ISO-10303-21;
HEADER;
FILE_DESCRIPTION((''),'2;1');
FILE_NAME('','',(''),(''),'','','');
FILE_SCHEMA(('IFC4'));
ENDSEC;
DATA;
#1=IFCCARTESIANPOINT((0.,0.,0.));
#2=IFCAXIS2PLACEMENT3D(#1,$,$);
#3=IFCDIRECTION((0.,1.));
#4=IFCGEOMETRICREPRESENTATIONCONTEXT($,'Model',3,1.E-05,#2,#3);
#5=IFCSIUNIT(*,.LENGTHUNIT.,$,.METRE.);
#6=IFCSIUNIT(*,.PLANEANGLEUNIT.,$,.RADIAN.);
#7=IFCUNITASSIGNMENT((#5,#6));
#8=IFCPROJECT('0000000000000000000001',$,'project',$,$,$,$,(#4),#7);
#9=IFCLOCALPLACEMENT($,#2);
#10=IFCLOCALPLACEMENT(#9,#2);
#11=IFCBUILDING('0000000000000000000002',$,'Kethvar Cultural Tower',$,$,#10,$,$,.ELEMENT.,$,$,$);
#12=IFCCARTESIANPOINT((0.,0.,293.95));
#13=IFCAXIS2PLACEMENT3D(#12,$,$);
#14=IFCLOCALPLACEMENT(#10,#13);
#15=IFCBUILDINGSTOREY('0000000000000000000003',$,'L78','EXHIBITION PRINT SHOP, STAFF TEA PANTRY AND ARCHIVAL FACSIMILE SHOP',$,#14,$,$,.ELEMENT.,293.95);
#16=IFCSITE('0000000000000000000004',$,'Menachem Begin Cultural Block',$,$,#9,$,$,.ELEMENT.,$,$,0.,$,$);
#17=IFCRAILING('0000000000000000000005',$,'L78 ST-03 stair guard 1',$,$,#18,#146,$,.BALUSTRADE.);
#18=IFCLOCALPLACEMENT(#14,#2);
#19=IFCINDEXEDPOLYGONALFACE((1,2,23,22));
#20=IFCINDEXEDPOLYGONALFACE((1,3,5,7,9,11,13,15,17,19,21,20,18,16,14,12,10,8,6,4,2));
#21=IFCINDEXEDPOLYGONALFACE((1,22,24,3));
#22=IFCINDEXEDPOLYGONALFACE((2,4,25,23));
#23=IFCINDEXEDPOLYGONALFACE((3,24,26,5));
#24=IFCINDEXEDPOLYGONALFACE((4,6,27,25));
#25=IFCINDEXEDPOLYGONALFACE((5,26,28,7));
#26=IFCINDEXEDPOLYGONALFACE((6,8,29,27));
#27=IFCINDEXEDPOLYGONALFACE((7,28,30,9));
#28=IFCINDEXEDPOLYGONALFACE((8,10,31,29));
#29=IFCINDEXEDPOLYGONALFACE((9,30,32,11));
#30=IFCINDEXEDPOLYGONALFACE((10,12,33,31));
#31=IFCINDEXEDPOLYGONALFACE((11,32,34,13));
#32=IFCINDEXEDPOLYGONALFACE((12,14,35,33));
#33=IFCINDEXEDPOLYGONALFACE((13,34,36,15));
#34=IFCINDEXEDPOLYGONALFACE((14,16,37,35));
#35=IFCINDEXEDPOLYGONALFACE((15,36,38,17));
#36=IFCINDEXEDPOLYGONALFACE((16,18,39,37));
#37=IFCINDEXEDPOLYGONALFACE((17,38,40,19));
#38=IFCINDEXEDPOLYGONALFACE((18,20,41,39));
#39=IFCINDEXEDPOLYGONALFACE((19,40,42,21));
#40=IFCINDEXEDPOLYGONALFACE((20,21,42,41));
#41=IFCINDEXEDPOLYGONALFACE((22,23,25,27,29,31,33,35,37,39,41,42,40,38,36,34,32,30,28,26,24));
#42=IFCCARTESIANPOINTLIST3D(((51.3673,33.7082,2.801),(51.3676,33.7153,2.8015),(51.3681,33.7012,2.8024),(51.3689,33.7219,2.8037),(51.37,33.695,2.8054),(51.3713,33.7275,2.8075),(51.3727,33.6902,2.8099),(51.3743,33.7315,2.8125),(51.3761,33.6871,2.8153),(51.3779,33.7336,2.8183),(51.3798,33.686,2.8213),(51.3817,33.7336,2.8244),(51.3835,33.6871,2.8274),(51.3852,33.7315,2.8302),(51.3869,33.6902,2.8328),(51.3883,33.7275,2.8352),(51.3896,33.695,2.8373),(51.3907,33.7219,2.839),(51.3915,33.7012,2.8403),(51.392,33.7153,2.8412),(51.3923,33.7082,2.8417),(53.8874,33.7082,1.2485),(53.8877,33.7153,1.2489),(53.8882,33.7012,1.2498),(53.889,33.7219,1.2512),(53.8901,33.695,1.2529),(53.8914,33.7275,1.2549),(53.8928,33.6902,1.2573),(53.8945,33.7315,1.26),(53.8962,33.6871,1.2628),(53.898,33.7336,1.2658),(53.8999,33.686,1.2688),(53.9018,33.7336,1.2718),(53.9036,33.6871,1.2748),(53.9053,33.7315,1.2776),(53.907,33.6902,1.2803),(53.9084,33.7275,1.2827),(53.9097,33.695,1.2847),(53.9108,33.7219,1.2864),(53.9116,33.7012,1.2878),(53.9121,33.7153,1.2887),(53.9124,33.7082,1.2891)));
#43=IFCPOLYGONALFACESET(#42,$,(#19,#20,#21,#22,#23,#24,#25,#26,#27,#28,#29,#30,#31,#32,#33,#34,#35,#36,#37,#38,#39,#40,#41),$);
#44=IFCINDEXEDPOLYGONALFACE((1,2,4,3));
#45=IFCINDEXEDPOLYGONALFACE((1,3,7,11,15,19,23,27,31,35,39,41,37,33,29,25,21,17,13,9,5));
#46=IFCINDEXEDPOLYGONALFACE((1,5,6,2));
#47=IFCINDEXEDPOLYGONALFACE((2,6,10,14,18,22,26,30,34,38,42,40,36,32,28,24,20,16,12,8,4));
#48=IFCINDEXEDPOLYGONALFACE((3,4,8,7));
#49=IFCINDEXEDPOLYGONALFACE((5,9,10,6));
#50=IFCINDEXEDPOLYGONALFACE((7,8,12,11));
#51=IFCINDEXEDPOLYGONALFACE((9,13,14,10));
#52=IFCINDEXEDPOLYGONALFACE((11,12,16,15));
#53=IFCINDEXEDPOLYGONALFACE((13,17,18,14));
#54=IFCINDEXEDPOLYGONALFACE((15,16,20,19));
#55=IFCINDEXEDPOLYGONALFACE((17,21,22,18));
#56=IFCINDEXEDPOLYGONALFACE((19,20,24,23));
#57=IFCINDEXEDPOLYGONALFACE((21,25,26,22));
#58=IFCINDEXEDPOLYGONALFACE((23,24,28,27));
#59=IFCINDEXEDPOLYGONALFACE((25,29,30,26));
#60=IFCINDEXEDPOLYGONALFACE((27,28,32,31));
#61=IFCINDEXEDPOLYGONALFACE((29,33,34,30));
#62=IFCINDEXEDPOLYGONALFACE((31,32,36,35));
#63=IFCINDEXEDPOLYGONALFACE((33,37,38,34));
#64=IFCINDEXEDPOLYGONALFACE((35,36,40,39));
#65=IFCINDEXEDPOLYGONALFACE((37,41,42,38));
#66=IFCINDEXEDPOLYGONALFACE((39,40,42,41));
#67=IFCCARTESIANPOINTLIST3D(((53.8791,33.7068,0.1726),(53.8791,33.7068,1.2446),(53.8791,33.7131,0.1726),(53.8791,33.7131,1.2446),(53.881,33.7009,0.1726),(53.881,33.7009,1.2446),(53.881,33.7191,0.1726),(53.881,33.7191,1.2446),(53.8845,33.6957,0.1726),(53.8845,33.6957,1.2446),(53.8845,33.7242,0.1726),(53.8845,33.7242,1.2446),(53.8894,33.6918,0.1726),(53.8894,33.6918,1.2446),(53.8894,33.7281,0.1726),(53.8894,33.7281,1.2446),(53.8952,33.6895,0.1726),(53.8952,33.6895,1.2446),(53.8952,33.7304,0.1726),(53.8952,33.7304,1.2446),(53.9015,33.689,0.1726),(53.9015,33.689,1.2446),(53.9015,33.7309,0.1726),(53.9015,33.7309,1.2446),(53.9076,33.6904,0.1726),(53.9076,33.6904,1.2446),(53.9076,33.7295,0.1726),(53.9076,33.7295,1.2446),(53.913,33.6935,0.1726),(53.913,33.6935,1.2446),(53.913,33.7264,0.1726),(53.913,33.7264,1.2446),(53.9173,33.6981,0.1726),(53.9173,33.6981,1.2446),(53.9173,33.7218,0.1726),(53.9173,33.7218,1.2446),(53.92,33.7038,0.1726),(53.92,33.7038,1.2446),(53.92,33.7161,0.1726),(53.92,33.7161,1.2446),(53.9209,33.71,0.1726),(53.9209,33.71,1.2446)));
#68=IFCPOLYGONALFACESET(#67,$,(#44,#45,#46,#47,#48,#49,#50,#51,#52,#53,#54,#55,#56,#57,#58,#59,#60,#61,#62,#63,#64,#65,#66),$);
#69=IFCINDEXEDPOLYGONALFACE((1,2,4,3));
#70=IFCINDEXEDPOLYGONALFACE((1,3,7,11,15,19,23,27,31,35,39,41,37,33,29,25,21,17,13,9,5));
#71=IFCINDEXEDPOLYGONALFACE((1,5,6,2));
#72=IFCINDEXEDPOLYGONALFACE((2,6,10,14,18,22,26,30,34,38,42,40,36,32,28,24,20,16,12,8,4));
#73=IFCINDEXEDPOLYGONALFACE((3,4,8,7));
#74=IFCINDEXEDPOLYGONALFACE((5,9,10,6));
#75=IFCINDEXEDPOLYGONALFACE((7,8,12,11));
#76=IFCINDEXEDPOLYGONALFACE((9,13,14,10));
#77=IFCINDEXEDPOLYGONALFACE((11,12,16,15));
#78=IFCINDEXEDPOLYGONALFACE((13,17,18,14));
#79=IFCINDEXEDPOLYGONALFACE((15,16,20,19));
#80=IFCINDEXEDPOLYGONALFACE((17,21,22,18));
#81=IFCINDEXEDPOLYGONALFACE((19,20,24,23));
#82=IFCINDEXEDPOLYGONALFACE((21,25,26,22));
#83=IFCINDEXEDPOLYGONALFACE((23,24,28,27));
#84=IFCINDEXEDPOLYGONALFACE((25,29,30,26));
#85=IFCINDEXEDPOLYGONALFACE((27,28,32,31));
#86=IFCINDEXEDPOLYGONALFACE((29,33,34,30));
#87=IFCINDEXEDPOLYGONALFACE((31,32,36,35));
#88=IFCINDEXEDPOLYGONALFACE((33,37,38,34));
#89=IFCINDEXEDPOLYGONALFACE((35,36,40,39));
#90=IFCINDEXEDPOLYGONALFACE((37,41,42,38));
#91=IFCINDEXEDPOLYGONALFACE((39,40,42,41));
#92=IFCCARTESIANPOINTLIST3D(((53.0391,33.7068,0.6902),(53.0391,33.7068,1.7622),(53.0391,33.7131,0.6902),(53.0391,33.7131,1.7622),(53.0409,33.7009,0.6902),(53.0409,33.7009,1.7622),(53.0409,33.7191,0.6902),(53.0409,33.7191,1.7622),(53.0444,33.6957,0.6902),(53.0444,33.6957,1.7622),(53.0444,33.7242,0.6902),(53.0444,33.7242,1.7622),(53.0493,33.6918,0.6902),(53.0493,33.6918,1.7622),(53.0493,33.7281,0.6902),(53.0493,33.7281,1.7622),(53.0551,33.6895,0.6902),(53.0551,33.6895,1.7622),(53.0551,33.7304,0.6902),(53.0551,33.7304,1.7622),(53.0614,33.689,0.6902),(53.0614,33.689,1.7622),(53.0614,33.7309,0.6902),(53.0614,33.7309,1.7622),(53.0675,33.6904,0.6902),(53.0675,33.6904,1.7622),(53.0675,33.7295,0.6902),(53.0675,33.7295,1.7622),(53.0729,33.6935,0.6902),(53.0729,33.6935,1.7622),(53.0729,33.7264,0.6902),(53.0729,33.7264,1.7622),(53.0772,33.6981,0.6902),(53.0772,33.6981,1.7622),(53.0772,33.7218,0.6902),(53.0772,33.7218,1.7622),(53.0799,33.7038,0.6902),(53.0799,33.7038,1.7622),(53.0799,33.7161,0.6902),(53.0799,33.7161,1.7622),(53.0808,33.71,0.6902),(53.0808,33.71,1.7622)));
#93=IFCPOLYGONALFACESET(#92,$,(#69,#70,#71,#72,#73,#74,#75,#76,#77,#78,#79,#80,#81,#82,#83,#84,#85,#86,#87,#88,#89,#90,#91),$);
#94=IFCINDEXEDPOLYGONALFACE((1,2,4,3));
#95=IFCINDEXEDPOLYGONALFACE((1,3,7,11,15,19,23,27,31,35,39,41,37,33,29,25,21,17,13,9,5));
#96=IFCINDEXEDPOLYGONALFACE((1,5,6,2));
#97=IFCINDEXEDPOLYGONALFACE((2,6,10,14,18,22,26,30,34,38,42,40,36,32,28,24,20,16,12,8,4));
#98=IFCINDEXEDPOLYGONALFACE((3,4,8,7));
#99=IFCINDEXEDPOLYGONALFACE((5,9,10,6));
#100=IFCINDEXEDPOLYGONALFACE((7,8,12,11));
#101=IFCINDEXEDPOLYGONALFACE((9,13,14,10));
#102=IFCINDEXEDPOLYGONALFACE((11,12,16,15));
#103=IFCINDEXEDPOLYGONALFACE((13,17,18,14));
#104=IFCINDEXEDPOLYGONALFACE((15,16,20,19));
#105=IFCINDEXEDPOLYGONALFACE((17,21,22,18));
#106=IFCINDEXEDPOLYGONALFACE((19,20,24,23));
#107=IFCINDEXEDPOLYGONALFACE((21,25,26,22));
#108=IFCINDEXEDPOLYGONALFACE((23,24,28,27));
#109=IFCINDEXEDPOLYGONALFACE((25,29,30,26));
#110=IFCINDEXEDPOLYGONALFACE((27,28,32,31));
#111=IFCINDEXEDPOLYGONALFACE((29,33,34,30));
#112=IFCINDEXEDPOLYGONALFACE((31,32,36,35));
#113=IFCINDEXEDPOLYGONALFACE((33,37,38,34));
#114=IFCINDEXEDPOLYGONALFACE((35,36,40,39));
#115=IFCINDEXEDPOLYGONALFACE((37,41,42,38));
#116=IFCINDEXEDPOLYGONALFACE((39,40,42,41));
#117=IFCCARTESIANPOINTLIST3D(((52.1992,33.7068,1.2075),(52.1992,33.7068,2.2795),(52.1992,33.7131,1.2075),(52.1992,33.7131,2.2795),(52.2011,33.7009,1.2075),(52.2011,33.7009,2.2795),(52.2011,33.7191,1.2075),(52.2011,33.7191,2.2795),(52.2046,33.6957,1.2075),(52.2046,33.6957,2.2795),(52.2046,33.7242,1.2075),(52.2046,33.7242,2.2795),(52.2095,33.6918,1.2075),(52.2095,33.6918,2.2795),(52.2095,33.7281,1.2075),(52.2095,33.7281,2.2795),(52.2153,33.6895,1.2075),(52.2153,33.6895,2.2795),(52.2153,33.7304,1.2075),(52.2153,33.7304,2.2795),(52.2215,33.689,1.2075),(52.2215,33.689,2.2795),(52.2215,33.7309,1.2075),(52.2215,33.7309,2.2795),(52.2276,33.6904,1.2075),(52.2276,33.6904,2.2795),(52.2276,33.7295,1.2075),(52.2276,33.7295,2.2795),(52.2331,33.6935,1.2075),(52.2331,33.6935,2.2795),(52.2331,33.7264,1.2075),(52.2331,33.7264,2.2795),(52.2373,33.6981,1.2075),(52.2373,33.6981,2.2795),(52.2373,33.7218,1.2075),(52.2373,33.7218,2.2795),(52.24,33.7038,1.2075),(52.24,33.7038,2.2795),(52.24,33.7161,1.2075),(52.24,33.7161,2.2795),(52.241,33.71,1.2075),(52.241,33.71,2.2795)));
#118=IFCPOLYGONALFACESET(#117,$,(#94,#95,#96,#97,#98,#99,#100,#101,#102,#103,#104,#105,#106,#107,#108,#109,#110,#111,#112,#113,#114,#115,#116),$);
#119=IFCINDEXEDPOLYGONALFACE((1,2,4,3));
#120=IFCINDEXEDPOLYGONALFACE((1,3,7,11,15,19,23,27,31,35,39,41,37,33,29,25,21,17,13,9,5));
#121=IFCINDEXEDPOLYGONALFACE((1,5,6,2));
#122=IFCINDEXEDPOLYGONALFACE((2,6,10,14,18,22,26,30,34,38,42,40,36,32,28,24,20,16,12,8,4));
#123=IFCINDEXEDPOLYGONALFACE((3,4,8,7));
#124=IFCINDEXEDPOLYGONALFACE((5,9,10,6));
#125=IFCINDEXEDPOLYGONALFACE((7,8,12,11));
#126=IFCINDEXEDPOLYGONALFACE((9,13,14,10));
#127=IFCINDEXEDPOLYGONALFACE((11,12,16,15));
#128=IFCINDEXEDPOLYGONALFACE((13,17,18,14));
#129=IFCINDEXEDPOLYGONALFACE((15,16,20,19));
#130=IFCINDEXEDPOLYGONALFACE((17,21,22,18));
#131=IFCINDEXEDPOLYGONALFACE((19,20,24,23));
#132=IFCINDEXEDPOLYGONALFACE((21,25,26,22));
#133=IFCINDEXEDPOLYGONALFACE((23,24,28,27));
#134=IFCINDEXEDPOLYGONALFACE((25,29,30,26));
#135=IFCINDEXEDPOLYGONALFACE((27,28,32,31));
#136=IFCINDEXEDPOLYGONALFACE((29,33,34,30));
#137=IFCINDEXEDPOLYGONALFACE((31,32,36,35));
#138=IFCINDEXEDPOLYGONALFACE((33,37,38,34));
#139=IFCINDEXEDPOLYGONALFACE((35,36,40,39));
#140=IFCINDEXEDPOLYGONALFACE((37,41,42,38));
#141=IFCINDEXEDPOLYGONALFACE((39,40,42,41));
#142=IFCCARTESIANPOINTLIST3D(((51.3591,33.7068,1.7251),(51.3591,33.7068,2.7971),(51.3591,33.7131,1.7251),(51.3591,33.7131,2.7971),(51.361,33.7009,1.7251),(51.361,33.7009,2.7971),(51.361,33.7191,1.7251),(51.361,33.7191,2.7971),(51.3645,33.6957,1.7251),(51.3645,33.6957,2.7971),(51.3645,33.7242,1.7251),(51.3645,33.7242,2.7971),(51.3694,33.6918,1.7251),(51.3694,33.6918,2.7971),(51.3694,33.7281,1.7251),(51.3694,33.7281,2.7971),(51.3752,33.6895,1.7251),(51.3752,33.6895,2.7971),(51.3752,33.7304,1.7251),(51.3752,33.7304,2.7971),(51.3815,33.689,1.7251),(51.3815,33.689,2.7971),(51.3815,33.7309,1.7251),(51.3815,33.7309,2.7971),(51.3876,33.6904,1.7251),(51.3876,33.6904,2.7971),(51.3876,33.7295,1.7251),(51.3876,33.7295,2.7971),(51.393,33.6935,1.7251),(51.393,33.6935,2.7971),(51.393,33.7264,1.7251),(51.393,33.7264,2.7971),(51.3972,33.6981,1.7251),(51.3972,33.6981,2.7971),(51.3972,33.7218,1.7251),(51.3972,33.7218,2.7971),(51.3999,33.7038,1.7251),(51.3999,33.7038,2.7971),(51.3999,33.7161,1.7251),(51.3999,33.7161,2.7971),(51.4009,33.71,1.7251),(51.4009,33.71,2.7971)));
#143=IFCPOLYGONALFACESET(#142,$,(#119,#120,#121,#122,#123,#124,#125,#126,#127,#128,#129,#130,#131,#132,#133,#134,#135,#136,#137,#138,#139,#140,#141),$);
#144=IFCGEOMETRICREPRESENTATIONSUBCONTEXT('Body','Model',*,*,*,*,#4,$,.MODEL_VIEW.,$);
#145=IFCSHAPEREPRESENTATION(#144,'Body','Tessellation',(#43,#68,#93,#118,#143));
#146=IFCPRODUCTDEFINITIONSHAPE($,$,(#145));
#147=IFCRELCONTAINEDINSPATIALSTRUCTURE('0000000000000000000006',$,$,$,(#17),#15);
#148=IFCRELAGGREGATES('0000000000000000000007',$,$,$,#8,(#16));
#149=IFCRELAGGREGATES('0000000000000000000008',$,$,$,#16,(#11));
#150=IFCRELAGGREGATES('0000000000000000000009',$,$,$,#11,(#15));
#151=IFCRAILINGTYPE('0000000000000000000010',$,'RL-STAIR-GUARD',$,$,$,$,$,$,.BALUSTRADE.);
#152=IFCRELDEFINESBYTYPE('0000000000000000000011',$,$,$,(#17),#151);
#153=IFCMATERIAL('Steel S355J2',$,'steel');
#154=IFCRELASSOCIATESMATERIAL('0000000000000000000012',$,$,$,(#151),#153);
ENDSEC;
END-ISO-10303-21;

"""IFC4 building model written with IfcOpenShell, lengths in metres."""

from ifc_helpers import new_model, si_unit, direction, frame, origin, origin_2d, place, context, subcontext, project, spatial, circle, extrude, material, type_object, element, save


model = new_model("IFC4")

# Units and contexts
model_context = context("Model", 3, precision=1e-05, world=origin(), true_north=direction((0.0, 1.0)))
body_context = subcontext(model_context, "Body", "Model", "MODEL_VIEW")
ifc_project = project(units=[si_unit("LENGTHUNIT", "METRE"), si_unit("PLANEANGLEUNIT", "RADIAN")], contexts=[model_context])

# Site, building, storey
site_placement = place(None, origin())
site = spatial("IfcSite", under=ifc_project, at=site_placement, Name="Menachem Begin Cultural Block", CompositionType="ELEMENT", RefElevation=0.0)
building_placement = place(site_placement, origin())
building = spatial("IfcBuilding", under=site, at=building_placement, Name="Kethvar Cultural Tower", CompositionType="ELEMENT")
storey_placement = place(building_placement, frame((0.0, 0.0, 293.95)))
storey = spatial("IfcBuildingStorey", under=building, at=storey_placement, Name="L78", Description="EXHIBITION PRINT SHOP, STAFF TEA PANTRY AND ARCHIVAL FACSIMILE SHOP", CompositionType="ELEMENT", Elevation=293.95)

# Shared definitions
ifc_material_1 = material(Name="Steel S355J2", Category="steel")

# Railing
railing_type_1 = type_object("IfcRailingType", Name="RL-STAIR-GUARD", PredefinedType="BALUSTRADE", material=ifc_material_1)
railing_1_placement = place(storey_placement, frame((53.8999, 33.71, 0.1726)))
element("IfcRailing", 1, at=railing_1_placement, inside=storey, type_object=railing_type_1, Name="L78 ST-03 stair guard 1", PredefinedType="BALUSTRADE", context=body_context, shape_type="SweptSolid", body=[
    extrude(circle(Radius=0.0239, at=origin_2d()), frame((0.0, 0.0, 1.0962), z_axis=(-0.8514, 0.0, 0.524516), x_axis=(0.0, -1.0, 0.0)), (0.0, 0.0, 1.0), 2.96),
    extrude(circle(Radius=0.021, at=origin_2d()), origin(), (0.0, 0.0, 1.0), 1.072),
    extrude(circle(Radius=0.021, at=origin_2d()), frame((-0.8401, 0.0, 0.5176)), (0.0, 0.0, 1.0), 1.072),
    extrude(circle(Radius=0.021, at=origin_2d()), frame((-1.6799, 0.0, 1.0349)), (0.0, 0.0, 1.0), 1.072),
    extrude(circle(Radius=0.021, at=origin_2d()), frame((-2.52, 0.0, 1.5525)), (0.0, 0.0, 1.0), 1.072),
])

save(model, "model.ifc")
